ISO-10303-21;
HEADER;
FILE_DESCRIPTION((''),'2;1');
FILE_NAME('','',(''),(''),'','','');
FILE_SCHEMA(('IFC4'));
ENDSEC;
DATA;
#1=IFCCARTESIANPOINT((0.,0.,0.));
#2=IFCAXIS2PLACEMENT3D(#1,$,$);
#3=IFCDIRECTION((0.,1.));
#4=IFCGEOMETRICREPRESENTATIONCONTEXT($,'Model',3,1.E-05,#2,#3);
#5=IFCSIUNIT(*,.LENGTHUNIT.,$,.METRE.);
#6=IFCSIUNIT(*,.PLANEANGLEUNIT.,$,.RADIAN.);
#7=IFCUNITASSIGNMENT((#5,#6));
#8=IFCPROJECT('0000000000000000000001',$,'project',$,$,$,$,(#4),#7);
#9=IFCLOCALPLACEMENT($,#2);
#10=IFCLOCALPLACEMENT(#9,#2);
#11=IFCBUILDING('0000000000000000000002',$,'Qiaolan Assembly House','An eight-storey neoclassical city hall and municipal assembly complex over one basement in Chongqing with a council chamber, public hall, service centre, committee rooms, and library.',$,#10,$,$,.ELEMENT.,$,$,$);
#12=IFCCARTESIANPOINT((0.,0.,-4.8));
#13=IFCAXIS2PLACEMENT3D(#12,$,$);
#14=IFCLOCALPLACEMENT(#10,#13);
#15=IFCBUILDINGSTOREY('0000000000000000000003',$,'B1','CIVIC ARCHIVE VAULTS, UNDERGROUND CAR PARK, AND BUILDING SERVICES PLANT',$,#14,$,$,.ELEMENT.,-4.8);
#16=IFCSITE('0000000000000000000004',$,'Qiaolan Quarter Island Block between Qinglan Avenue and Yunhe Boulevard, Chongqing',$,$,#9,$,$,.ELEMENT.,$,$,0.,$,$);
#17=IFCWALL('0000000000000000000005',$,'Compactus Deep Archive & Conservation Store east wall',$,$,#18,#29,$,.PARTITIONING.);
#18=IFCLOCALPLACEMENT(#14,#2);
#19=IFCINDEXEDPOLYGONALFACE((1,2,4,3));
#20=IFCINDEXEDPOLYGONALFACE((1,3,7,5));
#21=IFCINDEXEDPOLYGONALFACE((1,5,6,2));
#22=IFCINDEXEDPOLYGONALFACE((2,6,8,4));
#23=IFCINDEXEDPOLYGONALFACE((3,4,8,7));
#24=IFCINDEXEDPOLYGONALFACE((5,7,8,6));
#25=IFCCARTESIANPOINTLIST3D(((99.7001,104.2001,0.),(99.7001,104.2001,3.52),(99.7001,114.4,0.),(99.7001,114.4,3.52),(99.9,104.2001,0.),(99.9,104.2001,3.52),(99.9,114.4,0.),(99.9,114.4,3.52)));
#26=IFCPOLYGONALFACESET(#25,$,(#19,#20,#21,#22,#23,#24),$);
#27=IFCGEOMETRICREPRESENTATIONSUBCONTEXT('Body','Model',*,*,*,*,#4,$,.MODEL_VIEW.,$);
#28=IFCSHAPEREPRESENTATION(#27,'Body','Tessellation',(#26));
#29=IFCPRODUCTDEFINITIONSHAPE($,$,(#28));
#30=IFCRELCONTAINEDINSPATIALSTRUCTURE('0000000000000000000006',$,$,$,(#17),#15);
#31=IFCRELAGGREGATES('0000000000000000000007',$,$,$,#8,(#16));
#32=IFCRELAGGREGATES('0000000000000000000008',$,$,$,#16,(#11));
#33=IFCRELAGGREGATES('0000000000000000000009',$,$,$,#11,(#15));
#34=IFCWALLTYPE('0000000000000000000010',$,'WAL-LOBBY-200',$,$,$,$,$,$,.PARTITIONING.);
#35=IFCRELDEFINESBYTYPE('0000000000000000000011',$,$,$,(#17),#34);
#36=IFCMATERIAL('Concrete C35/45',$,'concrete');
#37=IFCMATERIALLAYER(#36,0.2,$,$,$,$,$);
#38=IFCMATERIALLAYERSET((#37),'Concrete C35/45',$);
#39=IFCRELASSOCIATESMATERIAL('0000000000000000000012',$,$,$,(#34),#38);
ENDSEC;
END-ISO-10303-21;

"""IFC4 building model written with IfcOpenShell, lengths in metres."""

from ifc_helpers import new_model, si_unit, direction, frame, frame_2d, origin, place, context, subcontext, project, spatial, rectangle, extrude, material, layer, layer_set, type_object, element, save


model = new_model("IFC4")

# Units and contexts
model_context = context("Model", 3, precision=1e-05, world=origin(), true_north=direction((0.0, 1.0)))
body_context = subcontext(model_context, "Body", "Model", "MODEL_VIEW")
ifc_project = project(units=[si_unit("LENGTHUNIT", "METRE"), si_unit("PLANEANGLEUNIT", "RADIAN")], contexts=[model_context])

# Site, building, storey
site_placement = place(None, origin())
site = spatial("IfcSite", under=ifc_project, at=site_placement, Name="Qiaolan Quarter Island Block between Qinglan Avenue and Yunhe Boulevard, Chongqing", CompositionType="ELEMENT", RefElevation=0.0)
building_placement = place(site_placement, origin())
building = spatial("IfcBuilding", under=site, at=building_placement, Name="Qiaolan Assembly House", Description="An eight-storey neoclassical city hall and municipal assembly complex over one basement in Chongqing with a council chamber, public hall, service centre, committee rooms, and library.", CompositionType="ELEMENT")
storey_placement = place(building_placement, frame((0.0, 0.0, -4.8)))
storey = spatial("IfcBuildingStorey", under=building, at=storey_placement, Name="B1", Description="CIVIC ARCHIVE VAULTS, UNDERGROUND CAR PARK, AND BUILDING SERVICES PLANT", CompositionType="ELEMENT", Elevation=-4.8)

# Shared definitions
ifc_material_1 = material(Name="Concrete C35/45", Category="concrete")
ifc_layer = layer(ifc_material_1, 0.2)
ifc_layer_set = layer_set([ifc_layer], Name="Concrete C35/45")
wall_type = type_object("IfcWallType", Name="WAL-LOBBY-200", PredefinedType="PARTITIONING", material=ifc_layer_set)

# Wall
wall_1_placement = place(storey_placement, frame((99.8, 104.2, 0.0), z_axis=(0.0, 0.0, 1.0), x_axis=(0.0, 1.0, 0.0)))
element("IfcWall", 1, at=wall_1_placement, inside=storey, type_object=wall_type, Name="Compactus Deep Archive & Conservation Store east wall", PredefinedType="PARTITIONING", context=body_context, shape_type="SweptSolid", body=[
    extrude(rectangle(XDim=10.2, YDim=0.2, at=frame_2d((5.1001, 0.0))), origin(), (0.0, 0.0, 1.0), 3.52),
])

save(model, "model.ifc")
